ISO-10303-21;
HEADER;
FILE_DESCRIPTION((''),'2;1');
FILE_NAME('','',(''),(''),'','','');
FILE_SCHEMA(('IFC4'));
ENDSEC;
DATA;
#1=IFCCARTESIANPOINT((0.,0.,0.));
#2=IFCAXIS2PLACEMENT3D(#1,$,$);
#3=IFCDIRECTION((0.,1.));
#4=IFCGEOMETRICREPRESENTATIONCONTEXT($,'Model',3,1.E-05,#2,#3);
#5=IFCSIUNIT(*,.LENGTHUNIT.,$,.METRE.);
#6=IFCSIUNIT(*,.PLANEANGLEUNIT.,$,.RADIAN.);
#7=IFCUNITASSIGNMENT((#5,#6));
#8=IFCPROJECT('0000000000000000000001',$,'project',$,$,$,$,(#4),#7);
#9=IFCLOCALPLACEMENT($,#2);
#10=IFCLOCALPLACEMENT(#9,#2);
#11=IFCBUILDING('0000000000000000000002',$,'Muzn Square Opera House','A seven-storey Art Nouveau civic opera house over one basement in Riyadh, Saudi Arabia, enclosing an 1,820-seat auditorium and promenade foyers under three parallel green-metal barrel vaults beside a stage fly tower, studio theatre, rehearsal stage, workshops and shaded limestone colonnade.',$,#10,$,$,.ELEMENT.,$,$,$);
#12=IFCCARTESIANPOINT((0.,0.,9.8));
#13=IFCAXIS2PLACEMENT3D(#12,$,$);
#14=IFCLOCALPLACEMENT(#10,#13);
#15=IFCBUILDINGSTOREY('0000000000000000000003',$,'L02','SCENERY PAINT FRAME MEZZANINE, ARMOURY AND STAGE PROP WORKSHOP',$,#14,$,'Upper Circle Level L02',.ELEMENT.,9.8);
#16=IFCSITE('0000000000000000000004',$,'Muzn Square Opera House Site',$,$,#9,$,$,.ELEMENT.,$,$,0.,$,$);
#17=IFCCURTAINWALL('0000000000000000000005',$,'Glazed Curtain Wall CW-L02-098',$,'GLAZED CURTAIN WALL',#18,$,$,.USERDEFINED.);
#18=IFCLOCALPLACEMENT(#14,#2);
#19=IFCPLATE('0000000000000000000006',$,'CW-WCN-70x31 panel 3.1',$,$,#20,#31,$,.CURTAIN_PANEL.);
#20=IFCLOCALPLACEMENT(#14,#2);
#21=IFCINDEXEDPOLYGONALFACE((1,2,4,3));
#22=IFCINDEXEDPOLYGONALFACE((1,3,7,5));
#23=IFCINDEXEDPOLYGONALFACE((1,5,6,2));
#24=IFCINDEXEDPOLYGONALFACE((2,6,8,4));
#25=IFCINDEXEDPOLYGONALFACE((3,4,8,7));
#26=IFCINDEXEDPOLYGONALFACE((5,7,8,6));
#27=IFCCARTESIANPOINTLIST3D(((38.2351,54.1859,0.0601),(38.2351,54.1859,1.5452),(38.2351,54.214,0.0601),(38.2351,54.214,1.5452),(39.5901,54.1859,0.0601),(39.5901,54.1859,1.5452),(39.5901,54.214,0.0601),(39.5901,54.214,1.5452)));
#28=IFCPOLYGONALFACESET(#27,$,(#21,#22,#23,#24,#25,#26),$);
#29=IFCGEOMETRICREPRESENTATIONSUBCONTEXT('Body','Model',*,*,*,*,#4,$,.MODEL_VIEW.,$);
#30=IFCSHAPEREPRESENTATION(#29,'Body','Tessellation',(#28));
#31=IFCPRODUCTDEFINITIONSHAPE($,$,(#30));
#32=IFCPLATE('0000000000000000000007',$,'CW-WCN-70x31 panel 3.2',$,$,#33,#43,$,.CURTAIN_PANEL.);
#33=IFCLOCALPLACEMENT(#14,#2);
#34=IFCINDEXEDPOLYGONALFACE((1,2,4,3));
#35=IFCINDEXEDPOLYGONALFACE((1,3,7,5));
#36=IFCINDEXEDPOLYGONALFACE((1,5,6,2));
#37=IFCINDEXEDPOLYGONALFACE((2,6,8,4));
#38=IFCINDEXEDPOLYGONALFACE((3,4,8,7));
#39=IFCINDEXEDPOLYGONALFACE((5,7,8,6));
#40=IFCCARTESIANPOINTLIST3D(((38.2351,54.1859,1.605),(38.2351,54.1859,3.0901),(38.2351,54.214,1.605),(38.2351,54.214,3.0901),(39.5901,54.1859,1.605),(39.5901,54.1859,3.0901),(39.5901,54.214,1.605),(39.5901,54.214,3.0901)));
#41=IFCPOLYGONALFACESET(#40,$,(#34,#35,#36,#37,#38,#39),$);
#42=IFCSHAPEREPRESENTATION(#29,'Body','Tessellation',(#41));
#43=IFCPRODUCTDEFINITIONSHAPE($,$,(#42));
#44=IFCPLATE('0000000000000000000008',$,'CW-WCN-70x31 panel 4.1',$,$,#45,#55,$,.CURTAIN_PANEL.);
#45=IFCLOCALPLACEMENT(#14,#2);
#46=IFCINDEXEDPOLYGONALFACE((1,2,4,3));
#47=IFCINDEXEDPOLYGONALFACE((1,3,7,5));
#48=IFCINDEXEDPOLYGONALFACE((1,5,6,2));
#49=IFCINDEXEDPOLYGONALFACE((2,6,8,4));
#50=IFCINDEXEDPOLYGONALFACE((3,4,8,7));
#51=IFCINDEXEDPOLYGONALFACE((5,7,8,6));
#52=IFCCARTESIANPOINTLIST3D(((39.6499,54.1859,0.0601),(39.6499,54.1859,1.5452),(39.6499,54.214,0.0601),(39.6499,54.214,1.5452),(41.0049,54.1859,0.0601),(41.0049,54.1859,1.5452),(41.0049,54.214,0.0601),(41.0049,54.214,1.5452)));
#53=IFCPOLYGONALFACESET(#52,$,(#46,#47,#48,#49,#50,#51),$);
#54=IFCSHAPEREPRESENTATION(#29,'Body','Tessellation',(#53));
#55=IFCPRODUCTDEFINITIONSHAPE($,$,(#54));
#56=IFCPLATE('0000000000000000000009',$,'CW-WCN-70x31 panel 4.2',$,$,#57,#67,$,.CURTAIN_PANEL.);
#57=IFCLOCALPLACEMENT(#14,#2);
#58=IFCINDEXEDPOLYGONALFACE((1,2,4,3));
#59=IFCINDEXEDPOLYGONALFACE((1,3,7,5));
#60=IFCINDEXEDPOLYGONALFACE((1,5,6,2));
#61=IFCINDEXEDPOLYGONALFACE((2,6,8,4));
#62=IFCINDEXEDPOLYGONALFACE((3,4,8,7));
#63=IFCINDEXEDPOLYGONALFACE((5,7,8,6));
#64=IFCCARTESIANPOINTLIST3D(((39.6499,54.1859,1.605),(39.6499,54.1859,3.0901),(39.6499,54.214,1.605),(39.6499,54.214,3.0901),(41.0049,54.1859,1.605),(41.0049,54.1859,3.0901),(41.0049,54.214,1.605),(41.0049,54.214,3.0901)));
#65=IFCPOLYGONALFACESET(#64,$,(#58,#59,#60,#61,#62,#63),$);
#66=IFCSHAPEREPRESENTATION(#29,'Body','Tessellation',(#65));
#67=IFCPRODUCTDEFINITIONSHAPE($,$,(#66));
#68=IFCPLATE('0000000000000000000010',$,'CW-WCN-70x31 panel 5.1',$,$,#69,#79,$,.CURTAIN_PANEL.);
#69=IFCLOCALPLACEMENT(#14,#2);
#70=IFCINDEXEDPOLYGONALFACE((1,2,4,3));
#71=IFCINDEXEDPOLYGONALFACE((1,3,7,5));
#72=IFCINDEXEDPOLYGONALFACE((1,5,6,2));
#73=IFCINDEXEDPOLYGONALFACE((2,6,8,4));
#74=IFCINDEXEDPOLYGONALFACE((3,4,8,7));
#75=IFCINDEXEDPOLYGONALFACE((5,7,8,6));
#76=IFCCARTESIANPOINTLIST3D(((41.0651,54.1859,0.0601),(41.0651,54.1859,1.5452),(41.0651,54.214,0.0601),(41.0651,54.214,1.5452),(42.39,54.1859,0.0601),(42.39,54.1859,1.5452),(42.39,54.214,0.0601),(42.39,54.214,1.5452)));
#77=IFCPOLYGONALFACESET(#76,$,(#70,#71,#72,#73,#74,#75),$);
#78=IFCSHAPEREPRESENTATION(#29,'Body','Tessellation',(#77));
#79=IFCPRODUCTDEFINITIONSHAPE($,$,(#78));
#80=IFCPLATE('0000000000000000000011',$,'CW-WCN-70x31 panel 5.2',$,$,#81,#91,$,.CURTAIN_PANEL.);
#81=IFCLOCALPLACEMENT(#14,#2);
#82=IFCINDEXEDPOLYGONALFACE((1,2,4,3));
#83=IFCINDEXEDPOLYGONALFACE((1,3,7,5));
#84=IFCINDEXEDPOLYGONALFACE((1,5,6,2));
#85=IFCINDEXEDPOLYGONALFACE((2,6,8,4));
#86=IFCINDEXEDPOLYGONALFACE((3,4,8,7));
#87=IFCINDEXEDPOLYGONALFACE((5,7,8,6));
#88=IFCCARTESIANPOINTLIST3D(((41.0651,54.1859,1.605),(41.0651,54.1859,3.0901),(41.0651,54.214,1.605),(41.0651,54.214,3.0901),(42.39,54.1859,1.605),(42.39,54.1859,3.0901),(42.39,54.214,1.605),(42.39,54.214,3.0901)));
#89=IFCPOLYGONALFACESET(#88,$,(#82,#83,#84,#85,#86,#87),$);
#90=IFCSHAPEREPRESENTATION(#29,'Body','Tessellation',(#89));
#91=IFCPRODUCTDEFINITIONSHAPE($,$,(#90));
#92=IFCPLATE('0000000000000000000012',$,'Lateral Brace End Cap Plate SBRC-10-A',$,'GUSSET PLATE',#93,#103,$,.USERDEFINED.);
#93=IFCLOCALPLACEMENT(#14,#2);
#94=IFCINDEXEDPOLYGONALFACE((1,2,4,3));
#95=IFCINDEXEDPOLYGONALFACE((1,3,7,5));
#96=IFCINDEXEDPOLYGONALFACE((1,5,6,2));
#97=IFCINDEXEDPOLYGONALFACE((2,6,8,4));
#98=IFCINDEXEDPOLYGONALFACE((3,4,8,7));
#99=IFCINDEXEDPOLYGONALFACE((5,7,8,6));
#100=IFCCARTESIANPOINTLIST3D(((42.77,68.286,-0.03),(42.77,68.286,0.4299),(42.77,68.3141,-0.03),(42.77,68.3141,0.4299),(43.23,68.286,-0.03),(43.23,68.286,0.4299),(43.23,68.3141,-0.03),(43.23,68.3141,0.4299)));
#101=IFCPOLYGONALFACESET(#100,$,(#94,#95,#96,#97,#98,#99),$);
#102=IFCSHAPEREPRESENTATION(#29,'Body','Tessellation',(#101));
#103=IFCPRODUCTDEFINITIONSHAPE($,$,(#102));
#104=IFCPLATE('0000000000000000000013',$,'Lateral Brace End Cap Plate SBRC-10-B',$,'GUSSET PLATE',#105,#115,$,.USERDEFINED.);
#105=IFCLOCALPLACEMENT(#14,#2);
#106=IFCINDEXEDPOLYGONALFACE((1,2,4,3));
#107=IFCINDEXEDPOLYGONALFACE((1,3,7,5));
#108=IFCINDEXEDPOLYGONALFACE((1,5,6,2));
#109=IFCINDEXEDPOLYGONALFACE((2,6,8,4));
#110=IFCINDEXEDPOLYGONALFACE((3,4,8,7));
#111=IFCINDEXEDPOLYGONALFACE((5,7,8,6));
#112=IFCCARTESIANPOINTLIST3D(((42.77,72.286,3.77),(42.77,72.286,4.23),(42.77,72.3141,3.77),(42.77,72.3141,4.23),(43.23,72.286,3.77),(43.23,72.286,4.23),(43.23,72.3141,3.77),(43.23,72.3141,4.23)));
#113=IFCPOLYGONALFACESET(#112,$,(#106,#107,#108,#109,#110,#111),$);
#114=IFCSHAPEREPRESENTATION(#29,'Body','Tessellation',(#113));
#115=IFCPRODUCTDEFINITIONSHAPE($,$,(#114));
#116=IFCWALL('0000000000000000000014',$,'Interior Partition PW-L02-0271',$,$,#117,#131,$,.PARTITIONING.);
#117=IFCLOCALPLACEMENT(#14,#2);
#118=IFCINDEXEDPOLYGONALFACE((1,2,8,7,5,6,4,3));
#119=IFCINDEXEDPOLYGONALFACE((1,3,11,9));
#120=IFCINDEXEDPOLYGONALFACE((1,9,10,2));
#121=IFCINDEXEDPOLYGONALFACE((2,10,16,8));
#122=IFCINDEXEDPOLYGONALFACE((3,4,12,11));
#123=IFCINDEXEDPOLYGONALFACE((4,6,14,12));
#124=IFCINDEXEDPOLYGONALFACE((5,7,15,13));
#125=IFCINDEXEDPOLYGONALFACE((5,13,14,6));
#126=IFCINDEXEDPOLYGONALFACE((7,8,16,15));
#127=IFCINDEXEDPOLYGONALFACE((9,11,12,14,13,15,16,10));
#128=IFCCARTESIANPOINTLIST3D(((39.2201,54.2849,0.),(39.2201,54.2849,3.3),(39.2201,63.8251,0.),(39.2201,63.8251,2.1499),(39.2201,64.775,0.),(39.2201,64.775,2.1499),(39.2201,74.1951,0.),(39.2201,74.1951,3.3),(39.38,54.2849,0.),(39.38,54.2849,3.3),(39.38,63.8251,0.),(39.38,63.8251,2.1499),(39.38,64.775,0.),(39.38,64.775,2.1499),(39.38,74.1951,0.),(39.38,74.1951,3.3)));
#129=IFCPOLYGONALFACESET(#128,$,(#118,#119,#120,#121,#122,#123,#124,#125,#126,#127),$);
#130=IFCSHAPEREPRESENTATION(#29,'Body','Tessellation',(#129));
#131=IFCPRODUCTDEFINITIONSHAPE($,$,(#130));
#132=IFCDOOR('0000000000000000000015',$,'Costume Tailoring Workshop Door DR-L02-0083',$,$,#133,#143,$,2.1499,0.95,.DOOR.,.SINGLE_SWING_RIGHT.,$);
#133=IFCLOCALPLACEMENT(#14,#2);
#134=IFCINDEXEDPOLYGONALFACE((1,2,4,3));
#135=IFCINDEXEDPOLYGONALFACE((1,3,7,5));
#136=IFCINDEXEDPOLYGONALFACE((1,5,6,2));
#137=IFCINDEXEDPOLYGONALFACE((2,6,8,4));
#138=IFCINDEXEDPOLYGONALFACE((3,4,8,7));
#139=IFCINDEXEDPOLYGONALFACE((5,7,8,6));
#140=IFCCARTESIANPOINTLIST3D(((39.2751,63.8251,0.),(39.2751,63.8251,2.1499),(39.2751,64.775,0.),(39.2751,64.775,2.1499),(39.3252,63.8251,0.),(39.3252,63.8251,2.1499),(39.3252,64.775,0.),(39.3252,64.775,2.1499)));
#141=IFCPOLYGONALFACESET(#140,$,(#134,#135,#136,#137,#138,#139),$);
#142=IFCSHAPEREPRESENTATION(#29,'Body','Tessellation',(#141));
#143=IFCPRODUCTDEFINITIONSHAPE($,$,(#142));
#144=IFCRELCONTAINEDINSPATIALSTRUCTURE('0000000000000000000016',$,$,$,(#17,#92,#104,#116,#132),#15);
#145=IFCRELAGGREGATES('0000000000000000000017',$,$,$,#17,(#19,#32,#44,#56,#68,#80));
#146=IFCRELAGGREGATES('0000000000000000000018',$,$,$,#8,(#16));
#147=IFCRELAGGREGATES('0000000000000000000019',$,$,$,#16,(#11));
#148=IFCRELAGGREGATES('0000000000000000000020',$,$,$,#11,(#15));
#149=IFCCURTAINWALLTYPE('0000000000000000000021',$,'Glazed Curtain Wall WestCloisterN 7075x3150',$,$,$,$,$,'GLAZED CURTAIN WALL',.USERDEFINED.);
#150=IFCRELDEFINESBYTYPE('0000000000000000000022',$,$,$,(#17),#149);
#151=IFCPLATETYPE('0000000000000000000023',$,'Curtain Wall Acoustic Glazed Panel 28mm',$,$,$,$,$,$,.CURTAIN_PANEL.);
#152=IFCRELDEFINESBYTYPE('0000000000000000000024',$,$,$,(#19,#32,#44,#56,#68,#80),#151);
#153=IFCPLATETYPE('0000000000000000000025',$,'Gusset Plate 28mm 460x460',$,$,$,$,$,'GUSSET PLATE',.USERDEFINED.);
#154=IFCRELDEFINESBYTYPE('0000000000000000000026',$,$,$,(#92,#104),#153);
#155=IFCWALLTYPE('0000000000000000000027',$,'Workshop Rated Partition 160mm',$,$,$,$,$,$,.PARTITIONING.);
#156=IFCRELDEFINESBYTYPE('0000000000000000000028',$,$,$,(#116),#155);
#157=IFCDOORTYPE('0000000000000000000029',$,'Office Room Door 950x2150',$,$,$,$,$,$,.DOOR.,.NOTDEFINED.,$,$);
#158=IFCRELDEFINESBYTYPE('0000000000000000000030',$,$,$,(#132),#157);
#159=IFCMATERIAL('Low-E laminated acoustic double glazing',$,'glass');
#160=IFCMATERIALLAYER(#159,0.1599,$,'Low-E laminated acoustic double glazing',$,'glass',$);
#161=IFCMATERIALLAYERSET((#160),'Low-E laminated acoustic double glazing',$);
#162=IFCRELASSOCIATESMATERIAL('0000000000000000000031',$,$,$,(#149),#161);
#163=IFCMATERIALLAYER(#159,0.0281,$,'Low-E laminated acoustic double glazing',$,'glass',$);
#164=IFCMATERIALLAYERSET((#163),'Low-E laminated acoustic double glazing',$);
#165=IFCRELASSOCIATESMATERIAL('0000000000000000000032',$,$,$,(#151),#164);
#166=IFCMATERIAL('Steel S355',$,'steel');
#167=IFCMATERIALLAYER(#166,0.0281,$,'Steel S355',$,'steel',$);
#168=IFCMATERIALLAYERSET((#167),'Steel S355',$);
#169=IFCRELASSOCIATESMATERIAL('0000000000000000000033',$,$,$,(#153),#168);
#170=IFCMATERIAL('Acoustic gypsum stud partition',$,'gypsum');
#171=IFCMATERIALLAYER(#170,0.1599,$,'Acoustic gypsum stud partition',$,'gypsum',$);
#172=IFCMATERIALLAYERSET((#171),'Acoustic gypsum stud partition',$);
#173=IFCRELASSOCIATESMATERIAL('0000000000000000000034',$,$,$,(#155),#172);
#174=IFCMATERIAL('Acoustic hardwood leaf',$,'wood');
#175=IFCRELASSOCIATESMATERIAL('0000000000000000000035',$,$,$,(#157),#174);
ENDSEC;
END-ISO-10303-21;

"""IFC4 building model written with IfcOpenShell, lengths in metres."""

from ifc_helpers import new_model, si_unit, direction, frame, frame_2d, origin, origin_2d, place, context, subcontext, project, spatial, rectangle, extrude, material, layer, layer_set, type_object, element, fill, aggregate, save


model = new_model("IFC4")

# Units and contexts
model_context = context("Model", 3, precision=1e-05, world=origin(), true_north=direction((0.0, 1.0)))
body_context = subcontext(model_context, "Body", "Model", "MODEL_VIEW")
ifc_project = project(units=[si_unit("LENGTHUNIT", "METRE"), si_unit("PLANEANGLEUNIT", "RADIAN")], contexts=[model_context])

# Site, building, storey
site_placement = place(None, origin())
site = spatial("IfcSite", under=ifc_project, at=site_placement, Name="Muzn Square Opera House Site", CompositionType="ELEMENT", RefElevation=0.0)
building_placement = place(site_placement, origin())
building = spatial("IfcBuilding", under=site, at=building_placement, Name="Muzn Square Opera House", Description="A seven-storey Art Nouveau civic opera house over one basement in Riyadh, Saudi Arabia, enclosing an 1,820-seat auditorium and promenade foyers under three parallel green-metal barrel vaults beside a stage fly tower, studio theatre, rehearsal stage, workshops and shaded limestone colonnade.", CompositionType="ELEMENT")
storey_placement = place(building_placement, frame((0.0, 0.0, 9.8)))
storey = spatial("IfcBuildingStorey", under=building, at=storey_placement, Name="L02", Description="SCENERY PAINT FRAME MEZZANINE, ARMOURY AND STAGE PROP WORKSHOP", LongName="Upper Circle Level L02", CompositionType="ELEMENT", Elevation=9.8)

# Curtain wall
ifc_material_1 = material(Name="Low-E laminated acoustic double glazing", Category="glass")
ifc_layer_1 = layer(ifc_material_1, 0.1599, Name="Low-E laminated acoustic double glazing", Category="glass")
ifc_layer_set_1 = layer_set([ifc_layer_1], Name="Low-E laminated acoustic double glazing")
curtain_wall_type = type_object("IfcCurtainWallType", Name="Glazed Curtain Wall WestCloisterN 7075x3150", ElementType="GLAZED CURTAIN WALL", PredefinedType="USERDEFINED", material=ifc_layer_set_1)
curtain_wall_placement = place(storey_placement, origin())
curtain_wall = element("IfcCurtainWall", 1, at=curtain_wall_placement, inside=storey, type_object=curtain_wall_type, Name="Glazed Curtain Wall CW-L02-098", ObjectType="GLAZED CURTAIN WALL", PredefinedType="USERDEFINED")

# Shared definitions
ifc_material_2 = material(Name="Steel S355", Category="steel")

# Plates
ifc_layer_2 = layer(ifc_material_1, 0.0281, Name="Low-E laminated acoustic double glazing", Category="glass")
ifc_layer_set_2 = layer_set([ifc_layer_2], Name="Low-E laminated acoustic double glazing")
plate_type_1 = type_object("IfcPlateType", Name="Curtain Wall Acoustic Glazed Panel 28mm", PredefinedType="CURTAIN_PANEL", material=ifc_layer_set_2)
plate_1_placement = place(storey_placement, frame((38.9126, 54.2, 0.0601), z_axis=(0.0, 0.0, 1.0), x_axis=(1.0, 0.0, 0.0)))
plate_1 = element("IfcPlate", 2, at=plate_1_placement, type_object=plate_type_1, Name="CW-WCN-70x31 panel 3.1", PredefinedType="CURTAIN_PANEL", context=body_context, shape_type="SweptSolid", body=[
    extrude(rectangle(XDim=1.355, YDim=0.0281, at=origin_2d()), origin(), (0.0, 0.0, 1.0), 1.4851),
])
plate_2_placement = place(storey_placement, frame((38.9126, 54.2, 1.605), z_axis=(0.0, 0.0, 1.0), x_axis=(1.0, 0.0, 0.0)))
plate_2 = element("IfcPlate", 3, at=plate_2_placement, type_object=plate_type_1, Name="CW-WCN-70x31 panel 3.2", PredefinedType="CURTAIN_PANEL", context=body_context, shape_type="SweptSolid", body=[
    extrude(rectangle(XDim=1.355, YDim=0.0281, at=origin_2d()), origin(), (0.0, 0.0, 1.0), 1.4851),
])
plate_3_placement = place(storey_placement, frame((40.3274, 54.2, 0.0601), z_axis=(0.0, 0.0, 1.0), x_axis=(1.0, 0.0, 0.0)))
plate_3 = element("IfcPlate", 4, at=plate_3_placement, type_object=plate_type_1, Name="CW-WCN-70x31 panel 4.1", PredefinedType="CURTAIN_PANEL", context=body_context, shape_type="SweptSolid", body=[
    extrude(rectangle(XDim=1.355, YDim=0.0281, at=origin_2d()), origin(), (0.0, 0.0, 1.0), 1.4851),
])
plate_4_placement = place(storey_placement, frame((40.3274, 54.2, 1.605), z_axis=(0.0, 0.0, 1.0), x_axis=(1.0, 0.0, 0.0)))
plate_4 = element("IfcPlate", 5, at=plate_4_placement, type_object=plate_type_1, Name="CW-WCN-70x31 panel 4.2", PredefinedType="CURTAIN_PANEL", context=body_context, shape_type="SweptSolid", body=[
    extrude(rectangle(XDim=1.355, YDim=0.0281, at=origin_2d()), origin(), (0.0, 0.0, 1.0), 1.4851),
])
plate_5_placement = place(storey_placement, frame((41.7275, 54.2, 0.0601), z_axis=(0.0, 0.0, 1.0), x_axis=(1.0, 0.0, 0.0)))
plate_5 = element("IfcPlate", 6, at=plate_5_placement, type_object=plate_type_1, Name="CW-WCN-70x31 panel 5.1", PredefinedType="CURTAIN_PANEL", context=body_context, shape_type="SweptSolid", body=[
    extrude(rectangle(XDim=1.325, YDim=0.0281, at=origin_2d()), origin(), (0.0, 0.0, 1.0), 1.4851),
])
plate_6_placement = place(storey_placement, frame((41.7275, 54.2, 1.605), z_axis=(0.0, 0.0, 1.0), x_axis=(1.0, 0.0, 0.0)))
plate_6 = element("IfcPlate", 7, at=plate_6_placement, type_object=plate_type_1, Name="CW-WCN-70x31 panel 5.2", PredefinedType="CURTAIN_PANEL", context=body_context, shape_type="SweptSolid", body=[
    extrude(rectangle(XDim=1.325, YDim=0.0281, at=origin_2d()), origin(), (0.0, 0.0, 1.0), 1.4851),
])
aggregate(curtain_wall, [plate_1, plate_2, plate_3, plate_4, plate_5, plate_6])

# Plates
ifc_layer_3 = layer(ifc_material_2, 0.0281, Name="Steel S355", Category="steel")
ifc_layer_set_3 = layer_set([ifc_layer_3], Name="Steel S355")
plate_type_2 = type_object("IfcPlateType", Name="Gusset Plate 28mm 460x460", ElementType="GUSSET PLATE", PredefinedType="USERDEFINED", material=ifc_layer_set_3)
for number, where, z_axis, x_axis, name in (
    (8, (43.0, 68.3, -0.03), (0.0, 0.0, 1.0), (1.0, 0.0, 0.0), "Lateral Brace End Cap Plate SBRC-10-A"),
    (9, (43.0, 72.3, 3.77), (0.0, 0.0, 1.0), (1.0, 0.0, 0.0), "Lateral Brace End Cap Plate SBRC-10-B"),
):
    element("IfcPlate", number, at=place(storey_placement, frame(where, z_axis=z_axis, x_axis=x_axis)), inside=storey, type_object=plate_type_2, Name=name, ObjectType="GUSSET PLATE", PredefinedType="USERDEFINED", context=body_context, shape_type="SweptSolid", body=[
        extrude(rectangle(XDim=0.46, YDim=0.0281, at=origin_2d()), origin(), (0.0, 0.0, 1.0), 0.46),
    ])

# Wall, opening, door
ifc_material_3 = material(Name="Acoustic gypsum stud partition", Category="gypsum")
ifc_layer_4 = layer(ifc_material_3, 0.1599, Name="Acoustic gypsum stud partition", Category="gypsum")
ifc_layer_set_4 = layer_set([ifc_layer_4], Name="Acoustic gypsum stud partition")
wall_type = type_object("IfcWallType", Name="Workshop Rated Partition 160mm", PredefinedType="PARTITIONING", material=ifc_layer_set_4)
wall_placement = place(storey_placement, frame((39.3, 54.2849, 0.0), z_axis=(0.0, 0.0, 1.0), x_axis=(0.0, 1.0, 0.0)))
wall = element("IfcWall", 10, at=wall_placement, inside=storey, type_object=wall_type, Name="Interior Partition PW-L02-0271", PredefinedType="PARTITIONING", context=body_context, shape_type="SweptSolid", body=[
    extrude(rectangle(XDim=19.9102, YDim=0.1599, at=frame_2d((9.9551, 0.0))), origin(), (0.0, 0.0, 1.0), 3.3),
])
opening_placement = place(wall_placement, frame((9.54, 0.0, 0.0)))
opening = element("IfcOpeningElement", 11, at=opening_placement, cuts=wall, PredefinedType="OPENING", context=body_context, shape_type="SweptSolid", body=[
    extrude(rectangle(XDim=0.95, YDim=2.1499, at=frame_2d((0.4751, 1.075))), frame((0.0, 0.0898, 0.0), z_axis=(0.0, -1.0, 0.0), x_axis=(1.0, 0.0, 0.0)), (0.0, 0.0, 1.0), 0.1799),
])
ifc_material_4 = material(Name="Acoustic hardwood leaf", Category="wood")
door_type = type_object("IfcDoorType", Name="Office Room Door 950x2150", OperationType="NOTDEFINED", PredefinedType="DOOR", material=ifc_material_4)
door_placement = place(opening_placement, origin())
door = element("IfcDoor", 12, at=door_placement, inside=storey, type_object=door_type, Name="Costume Tailoring Workshop Door DR-L02-0083", OperationType="SINGLE_SWING_RIGHT", OverallHeight=2.1499, OverallWidth=0.95, PredefinedType="DOOR", context=body_context, shape_type="SweptSolid", body=[
    extrude(rectangle(XDim=0.95, YDim=2.1499, at=frame_2d((0.4751, 1.075))), frame((0.0, 0.0249, 0.0), z_axis=(0.0, -1.0, 0.0), x_axis=(1.0, 0.0, 0.0)), (0.0, 0.0, 1.0), 0.05),
])
fill(opening, door)

save(model, "model.ifc")
